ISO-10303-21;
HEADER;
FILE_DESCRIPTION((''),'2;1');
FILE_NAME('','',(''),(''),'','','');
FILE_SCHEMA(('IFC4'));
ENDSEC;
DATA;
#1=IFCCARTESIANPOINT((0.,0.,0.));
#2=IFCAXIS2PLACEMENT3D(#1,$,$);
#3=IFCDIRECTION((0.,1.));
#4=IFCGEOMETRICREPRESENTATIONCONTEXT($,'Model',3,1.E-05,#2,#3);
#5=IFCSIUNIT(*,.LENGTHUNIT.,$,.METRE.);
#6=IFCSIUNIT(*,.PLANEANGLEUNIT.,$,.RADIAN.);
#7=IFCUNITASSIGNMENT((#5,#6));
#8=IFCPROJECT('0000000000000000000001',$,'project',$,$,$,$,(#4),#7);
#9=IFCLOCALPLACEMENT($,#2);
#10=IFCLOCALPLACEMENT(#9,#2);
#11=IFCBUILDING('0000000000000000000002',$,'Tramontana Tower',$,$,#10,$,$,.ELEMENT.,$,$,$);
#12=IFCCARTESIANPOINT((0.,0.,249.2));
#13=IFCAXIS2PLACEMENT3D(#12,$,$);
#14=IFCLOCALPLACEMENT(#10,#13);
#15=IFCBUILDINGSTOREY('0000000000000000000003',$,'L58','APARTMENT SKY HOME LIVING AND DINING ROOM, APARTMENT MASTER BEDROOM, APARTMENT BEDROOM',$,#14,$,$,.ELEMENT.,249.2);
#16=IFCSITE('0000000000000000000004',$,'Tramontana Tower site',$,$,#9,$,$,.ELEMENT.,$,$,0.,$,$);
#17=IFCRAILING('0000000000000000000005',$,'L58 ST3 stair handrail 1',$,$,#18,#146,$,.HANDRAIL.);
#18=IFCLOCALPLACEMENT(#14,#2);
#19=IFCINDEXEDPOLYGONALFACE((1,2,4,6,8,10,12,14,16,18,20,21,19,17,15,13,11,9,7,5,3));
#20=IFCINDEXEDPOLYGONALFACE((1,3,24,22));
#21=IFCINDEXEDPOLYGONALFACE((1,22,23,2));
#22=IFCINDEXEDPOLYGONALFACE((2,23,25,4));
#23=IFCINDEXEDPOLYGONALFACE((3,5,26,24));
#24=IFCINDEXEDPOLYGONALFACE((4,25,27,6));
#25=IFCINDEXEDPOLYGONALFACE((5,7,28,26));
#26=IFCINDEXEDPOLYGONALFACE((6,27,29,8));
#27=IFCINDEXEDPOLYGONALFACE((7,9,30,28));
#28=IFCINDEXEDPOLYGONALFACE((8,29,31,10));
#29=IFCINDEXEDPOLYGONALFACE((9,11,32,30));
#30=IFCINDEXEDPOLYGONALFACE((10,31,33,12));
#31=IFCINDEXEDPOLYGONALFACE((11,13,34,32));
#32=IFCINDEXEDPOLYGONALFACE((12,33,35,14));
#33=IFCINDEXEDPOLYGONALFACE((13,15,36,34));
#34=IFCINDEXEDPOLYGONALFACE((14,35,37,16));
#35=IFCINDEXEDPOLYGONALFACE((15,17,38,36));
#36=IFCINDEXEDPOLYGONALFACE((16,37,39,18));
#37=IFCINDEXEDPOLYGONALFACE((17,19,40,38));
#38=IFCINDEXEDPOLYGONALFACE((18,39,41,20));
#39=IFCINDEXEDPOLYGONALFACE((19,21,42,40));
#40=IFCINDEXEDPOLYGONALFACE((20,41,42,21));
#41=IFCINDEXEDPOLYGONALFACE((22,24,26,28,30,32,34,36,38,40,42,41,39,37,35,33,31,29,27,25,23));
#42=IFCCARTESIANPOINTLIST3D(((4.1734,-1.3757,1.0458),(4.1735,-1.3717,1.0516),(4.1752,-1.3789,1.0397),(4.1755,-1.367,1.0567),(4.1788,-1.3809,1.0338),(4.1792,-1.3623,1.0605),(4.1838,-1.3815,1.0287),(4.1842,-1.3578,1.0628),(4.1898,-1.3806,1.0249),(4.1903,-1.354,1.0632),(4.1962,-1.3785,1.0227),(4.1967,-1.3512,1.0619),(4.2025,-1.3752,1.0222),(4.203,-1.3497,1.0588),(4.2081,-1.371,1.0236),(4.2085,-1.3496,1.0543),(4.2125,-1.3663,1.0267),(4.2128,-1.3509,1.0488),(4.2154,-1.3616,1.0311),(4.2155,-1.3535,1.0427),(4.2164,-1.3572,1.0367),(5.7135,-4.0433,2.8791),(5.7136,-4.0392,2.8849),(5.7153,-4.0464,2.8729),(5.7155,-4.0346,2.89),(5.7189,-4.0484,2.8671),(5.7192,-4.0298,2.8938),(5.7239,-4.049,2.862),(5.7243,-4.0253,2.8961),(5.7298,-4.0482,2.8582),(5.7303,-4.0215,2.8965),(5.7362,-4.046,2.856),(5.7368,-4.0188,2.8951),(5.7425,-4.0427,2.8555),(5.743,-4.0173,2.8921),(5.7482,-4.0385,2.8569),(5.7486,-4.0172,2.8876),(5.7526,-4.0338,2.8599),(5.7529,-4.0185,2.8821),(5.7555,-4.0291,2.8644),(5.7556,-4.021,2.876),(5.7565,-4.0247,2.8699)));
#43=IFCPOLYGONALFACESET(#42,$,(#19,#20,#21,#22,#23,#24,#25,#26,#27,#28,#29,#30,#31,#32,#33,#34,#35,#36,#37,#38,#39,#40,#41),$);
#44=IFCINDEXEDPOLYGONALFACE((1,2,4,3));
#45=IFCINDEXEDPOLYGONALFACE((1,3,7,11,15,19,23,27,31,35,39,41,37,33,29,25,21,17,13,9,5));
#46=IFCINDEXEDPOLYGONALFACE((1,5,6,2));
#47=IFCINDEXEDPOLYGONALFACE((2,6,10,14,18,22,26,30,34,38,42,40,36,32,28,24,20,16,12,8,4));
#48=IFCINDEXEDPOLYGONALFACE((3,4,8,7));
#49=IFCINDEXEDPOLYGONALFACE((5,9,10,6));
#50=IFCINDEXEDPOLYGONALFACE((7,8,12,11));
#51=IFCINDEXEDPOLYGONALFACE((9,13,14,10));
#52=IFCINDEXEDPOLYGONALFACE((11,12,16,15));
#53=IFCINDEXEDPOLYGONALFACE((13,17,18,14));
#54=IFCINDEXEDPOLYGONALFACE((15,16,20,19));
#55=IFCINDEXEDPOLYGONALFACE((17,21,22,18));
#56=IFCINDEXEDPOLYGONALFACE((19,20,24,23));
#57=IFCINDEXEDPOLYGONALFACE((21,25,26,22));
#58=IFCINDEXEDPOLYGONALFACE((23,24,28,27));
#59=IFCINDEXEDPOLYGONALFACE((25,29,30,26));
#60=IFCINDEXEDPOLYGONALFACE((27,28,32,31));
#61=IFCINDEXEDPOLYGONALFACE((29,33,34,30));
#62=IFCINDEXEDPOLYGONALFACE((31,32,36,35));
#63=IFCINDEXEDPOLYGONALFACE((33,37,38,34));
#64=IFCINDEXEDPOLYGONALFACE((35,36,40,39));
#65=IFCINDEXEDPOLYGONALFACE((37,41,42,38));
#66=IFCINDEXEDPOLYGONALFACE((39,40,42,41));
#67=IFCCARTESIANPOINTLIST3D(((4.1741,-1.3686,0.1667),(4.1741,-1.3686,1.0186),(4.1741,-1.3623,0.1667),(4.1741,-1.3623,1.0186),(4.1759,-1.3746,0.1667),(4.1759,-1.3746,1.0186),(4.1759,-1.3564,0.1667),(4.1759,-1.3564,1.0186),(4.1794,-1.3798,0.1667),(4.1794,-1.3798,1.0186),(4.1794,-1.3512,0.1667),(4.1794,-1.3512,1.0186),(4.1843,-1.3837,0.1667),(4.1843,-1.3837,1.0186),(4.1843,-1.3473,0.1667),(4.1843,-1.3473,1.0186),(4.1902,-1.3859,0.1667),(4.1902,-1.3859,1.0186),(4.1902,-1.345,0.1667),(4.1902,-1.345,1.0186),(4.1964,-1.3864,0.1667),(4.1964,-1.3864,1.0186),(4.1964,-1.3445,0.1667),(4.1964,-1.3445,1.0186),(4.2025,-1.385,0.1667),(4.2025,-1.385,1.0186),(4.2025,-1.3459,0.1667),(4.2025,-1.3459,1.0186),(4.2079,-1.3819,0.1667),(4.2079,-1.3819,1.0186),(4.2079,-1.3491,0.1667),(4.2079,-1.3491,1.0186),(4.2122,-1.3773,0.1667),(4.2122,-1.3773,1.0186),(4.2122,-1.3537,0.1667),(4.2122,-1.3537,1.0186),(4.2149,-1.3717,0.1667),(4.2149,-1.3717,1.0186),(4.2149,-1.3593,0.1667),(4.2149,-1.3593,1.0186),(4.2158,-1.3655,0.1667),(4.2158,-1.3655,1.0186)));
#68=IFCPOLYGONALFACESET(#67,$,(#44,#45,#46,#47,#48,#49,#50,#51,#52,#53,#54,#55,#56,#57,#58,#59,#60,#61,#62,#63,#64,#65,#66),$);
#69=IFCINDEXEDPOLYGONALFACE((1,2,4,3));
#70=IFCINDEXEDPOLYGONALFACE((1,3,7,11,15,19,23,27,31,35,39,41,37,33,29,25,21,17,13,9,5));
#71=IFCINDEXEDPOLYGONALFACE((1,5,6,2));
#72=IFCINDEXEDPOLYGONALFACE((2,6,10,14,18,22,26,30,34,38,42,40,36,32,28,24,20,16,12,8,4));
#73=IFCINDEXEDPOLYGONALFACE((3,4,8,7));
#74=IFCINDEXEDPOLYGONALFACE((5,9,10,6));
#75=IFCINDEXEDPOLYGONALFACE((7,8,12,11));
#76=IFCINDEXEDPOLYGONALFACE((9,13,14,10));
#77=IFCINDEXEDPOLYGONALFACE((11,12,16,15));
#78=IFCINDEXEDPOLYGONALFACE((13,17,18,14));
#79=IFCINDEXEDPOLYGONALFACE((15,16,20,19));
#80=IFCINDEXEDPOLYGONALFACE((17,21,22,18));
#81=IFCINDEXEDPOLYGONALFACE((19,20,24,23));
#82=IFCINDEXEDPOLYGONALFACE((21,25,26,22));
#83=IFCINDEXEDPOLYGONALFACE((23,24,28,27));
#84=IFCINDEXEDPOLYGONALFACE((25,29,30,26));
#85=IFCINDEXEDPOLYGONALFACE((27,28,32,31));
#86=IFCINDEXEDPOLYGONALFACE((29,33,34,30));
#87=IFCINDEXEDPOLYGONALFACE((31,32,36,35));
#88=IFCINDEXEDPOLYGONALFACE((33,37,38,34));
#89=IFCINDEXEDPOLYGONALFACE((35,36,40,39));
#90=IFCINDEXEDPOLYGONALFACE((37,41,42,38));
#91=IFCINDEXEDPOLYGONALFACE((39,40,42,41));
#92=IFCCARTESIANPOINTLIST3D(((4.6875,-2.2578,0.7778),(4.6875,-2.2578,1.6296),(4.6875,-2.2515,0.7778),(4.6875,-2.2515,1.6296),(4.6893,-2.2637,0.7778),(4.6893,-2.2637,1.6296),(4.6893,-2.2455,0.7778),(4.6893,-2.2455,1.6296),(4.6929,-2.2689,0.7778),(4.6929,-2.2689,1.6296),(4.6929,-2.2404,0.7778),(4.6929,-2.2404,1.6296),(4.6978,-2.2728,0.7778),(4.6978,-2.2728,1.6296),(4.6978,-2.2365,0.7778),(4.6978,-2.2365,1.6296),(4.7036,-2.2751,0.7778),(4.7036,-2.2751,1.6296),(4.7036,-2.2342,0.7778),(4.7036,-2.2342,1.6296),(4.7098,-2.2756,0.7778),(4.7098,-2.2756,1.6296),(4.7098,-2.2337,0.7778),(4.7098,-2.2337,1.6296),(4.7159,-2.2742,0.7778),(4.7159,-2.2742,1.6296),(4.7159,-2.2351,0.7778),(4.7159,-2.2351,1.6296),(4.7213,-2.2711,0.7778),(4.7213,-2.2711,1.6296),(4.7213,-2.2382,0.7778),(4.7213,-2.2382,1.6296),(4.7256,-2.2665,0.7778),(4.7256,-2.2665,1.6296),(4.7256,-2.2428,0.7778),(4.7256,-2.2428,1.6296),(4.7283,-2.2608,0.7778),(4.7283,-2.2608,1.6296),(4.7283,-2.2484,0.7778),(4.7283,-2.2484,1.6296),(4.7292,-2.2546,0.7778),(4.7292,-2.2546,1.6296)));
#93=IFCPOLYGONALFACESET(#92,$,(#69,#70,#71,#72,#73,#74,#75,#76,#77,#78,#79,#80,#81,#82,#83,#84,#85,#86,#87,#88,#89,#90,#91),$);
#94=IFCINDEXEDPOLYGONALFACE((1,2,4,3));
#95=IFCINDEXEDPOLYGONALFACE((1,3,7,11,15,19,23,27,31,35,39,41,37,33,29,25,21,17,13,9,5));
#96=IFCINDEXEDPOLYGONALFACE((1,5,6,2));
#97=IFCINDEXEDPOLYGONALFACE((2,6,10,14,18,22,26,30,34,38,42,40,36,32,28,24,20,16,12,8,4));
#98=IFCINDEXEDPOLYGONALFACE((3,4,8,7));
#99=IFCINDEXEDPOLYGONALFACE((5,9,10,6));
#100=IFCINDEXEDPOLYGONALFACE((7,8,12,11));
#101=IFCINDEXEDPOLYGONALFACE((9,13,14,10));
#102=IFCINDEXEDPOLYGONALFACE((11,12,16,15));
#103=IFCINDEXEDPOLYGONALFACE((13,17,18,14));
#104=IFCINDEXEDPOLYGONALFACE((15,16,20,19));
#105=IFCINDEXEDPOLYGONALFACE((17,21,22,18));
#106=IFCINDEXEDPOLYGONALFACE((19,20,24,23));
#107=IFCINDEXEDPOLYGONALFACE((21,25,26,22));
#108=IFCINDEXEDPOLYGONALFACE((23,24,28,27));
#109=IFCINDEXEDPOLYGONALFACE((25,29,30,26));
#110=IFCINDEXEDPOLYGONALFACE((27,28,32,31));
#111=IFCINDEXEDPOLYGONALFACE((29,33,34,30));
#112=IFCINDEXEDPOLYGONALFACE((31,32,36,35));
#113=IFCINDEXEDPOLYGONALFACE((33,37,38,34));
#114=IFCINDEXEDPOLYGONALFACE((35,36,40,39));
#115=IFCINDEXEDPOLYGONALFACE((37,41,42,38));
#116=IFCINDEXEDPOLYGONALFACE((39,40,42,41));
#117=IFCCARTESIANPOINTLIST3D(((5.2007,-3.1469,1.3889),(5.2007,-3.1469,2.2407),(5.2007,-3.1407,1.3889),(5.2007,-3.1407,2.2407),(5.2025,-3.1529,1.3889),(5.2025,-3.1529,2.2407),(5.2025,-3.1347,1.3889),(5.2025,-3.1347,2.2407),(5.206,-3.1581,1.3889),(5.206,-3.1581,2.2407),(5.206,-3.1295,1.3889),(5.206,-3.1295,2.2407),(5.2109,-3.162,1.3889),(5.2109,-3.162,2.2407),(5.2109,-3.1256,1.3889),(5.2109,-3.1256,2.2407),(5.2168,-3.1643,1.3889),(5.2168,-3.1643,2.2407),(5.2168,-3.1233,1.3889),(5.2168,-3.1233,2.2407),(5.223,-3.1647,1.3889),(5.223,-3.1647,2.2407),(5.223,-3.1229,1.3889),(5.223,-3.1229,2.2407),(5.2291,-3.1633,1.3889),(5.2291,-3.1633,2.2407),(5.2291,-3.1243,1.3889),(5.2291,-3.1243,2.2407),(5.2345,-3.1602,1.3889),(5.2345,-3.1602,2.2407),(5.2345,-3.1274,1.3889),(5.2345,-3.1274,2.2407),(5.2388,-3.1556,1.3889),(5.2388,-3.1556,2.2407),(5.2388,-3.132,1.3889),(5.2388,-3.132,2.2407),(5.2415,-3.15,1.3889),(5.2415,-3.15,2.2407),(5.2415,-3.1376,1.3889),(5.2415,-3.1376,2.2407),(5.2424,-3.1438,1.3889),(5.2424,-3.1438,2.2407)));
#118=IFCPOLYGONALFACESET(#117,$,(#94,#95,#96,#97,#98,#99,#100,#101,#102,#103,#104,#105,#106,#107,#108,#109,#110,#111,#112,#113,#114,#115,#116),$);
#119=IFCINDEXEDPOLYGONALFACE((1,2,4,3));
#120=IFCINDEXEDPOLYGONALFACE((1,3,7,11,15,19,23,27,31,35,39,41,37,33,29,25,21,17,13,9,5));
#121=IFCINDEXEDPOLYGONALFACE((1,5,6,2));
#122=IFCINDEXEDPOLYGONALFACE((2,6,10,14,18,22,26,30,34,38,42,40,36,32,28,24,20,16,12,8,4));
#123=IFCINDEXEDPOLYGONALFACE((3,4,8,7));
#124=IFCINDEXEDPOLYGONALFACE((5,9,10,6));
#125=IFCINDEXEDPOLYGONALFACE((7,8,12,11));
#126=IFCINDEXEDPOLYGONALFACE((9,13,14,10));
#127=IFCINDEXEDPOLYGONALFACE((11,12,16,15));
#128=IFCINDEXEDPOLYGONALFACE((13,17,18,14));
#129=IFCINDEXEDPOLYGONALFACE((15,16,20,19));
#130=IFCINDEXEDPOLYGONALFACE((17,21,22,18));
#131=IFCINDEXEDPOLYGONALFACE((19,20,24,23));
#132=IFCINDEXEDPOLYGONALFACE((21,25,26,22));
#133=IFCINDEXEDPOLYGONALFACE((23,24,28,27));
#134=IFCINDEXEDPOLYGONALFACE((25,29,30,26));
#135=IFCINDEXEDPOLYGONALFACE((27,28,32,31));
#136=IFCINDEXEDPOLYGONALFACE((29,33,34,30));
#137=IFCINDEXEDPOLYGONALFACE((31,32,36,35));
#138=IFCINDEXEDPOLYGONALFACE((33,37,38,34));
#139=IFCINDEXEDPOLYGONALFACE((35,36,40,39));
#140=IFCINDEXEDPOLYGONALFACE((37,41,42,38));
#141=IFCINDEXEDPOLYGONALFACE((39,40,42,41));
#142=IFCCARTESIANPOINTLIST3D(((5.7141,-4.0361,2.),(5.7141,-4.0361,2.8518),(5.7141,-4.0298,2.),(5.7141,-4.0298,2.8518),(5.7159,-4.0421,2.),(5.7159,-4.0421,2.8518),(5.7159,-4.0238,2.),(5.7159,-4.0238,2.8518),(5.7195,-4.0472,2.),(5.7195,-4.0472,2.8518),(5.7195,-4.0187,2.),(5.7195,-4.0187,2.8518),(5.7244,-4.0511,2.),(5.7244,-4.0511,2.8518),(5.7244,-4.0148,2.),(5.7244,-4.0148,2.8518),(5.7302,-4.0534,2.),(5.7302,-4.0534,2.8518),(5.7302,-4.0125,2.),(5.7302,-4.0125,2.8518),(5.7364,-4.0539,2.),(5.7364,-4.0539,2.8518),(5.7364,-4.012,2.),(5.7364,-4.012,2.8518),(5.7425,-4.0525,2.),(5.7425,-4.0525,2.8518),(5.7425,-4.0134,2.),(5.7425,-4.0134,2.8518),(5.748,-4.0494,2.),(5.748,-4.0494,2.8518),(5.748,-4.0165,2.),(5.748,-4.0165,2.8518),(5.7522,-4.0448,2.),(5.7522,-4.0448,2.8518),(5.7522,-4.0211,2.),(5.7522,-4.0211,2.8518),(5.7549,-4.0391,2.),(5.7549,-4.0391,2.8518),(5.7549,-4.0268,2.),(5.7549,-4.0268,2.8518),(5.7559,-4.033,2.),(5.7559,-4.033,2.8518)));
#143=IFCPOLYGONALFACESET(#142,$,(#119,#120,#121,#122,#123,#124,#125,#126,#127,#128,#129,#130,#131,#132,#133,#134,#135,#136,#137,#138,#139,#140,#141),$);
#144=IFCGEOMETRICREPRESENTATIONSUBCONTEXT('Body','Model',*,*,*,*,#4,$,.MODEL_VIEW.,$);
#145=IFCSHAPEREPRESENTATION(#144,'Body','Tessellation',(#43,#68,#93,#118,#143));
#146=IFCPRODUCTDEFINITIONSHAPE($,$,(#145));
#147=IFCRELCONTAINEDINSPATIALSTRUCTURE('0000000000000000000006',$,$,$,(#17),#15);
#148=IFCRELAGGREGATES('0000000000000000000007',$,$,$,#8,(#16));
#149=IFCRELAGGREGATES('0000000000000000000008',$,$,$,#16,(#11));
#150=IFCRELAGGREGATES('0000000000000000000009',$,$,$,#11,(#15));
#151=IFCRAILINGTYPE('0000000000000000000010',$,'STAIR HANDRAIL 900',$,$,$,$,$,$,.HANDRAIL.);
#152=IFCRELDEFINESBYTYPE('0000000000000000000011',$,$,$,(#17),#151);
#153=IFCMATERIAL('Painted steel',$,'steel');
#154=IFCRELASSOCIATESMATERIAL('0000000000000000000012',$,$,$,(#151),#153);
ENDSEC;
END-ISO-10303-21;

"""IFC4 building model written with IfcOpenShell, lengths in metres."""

from ifc_helpers import new_model, si_unit, direction, frame, origin, origin_2d, place, context, subcontext, project, spatial, circle, extrude, material, type_object, element, save


model = new_model("IFC4")

# Units and contexts
model_context = context("Model", 3, precision=1e-05, world=origin(), true_north=direction((0.0, 1.0)))
body_context = subcontext(model_context, "Body", "Model", "MODEL_VIEW")
ifc_project = project(units=[si_unit("LENGTHUNIT", "METRE"), si_unit("PLANEANGLEUNIT", "RADIAN")], contexts=[model_context])

# Site, building, storey
site_placement = place(None, origin())
site = spatial("IfcSite", under=ifc_project, at=site_placement, Name="Tramontana Tower site", CompositionType="ELEMENT", RefElevation=0.0)
building_placement = place(site_placement, origin())
building = spatial("IfcBuilding", under=site, at=building_placement, Name="Tramontana Tower", CompositionType="ELEMENT")
storey_placement = place(building_placement, frame((0.0, 0.0, 249.2)))
storey = spatial("IfcBuildingStorey", under=building, at=storey_placement, Name="L58", Description="APARTMENT SKY HOME LIVING AND DINING ROOM, APARTMENT MASTER BEDROOM, APARTMENT BEDROOM", CompositionType="ELEMENT", Elevation=249.2)

# Railing
ifc_material_1 = material(Name="Painted steel", Category="steel")
railing_type_1 = type_object("IfcRailingType", Name="STAIR HANDRAIL 900", PredefinedType="HANDRAIL", material=ifc_material_1)
railing_1_placement = place(storey_placement, frame((4.1948, -1.3655, 0.1667)))
element("IfcRailing", 1, at=railing_1_placement, inside=storey, type_object=railing_type_1, Name="L58 ST3 stair handrail 1", PredefinedType="HANDRAIL", context=body_context, shape_type="SweptSolid", body=[
    extrude(circle(Radius=0.0239, at=origin_2d()), frame((0.0, 0.0, 0.876), z_axis=(0.429649, -0.74419, 0.511452), x_axis=(0.86603, 0.499992, 0.0)), (0.0, 0.0, 1.0), 3.5845),
    extrude(circle(Radius=0.021, at=origin_2d()), origin(), (0.0, 0.0, 1.0), 0.8518),
    extrude(circle(Radius=0.021, at=origin_2d()), frame((0.5134, -0.8892, 0.6111)), (0.0, 0.0, 1.0), 0.8518),
    extrude(circle(Radius=0.021, at=origin_2d()), frame((1.0266, -1.7783, 1.2222)), (0.0, 0.0, 1.0), 0.8518),
    extrude(circle(Radius=0.021, at=origin_2d()), frame((1.54, -2.6675, 1.8333)), (0.0, 0.0, 1.0), 0.8518),
])

save(model, "model.ifc")
